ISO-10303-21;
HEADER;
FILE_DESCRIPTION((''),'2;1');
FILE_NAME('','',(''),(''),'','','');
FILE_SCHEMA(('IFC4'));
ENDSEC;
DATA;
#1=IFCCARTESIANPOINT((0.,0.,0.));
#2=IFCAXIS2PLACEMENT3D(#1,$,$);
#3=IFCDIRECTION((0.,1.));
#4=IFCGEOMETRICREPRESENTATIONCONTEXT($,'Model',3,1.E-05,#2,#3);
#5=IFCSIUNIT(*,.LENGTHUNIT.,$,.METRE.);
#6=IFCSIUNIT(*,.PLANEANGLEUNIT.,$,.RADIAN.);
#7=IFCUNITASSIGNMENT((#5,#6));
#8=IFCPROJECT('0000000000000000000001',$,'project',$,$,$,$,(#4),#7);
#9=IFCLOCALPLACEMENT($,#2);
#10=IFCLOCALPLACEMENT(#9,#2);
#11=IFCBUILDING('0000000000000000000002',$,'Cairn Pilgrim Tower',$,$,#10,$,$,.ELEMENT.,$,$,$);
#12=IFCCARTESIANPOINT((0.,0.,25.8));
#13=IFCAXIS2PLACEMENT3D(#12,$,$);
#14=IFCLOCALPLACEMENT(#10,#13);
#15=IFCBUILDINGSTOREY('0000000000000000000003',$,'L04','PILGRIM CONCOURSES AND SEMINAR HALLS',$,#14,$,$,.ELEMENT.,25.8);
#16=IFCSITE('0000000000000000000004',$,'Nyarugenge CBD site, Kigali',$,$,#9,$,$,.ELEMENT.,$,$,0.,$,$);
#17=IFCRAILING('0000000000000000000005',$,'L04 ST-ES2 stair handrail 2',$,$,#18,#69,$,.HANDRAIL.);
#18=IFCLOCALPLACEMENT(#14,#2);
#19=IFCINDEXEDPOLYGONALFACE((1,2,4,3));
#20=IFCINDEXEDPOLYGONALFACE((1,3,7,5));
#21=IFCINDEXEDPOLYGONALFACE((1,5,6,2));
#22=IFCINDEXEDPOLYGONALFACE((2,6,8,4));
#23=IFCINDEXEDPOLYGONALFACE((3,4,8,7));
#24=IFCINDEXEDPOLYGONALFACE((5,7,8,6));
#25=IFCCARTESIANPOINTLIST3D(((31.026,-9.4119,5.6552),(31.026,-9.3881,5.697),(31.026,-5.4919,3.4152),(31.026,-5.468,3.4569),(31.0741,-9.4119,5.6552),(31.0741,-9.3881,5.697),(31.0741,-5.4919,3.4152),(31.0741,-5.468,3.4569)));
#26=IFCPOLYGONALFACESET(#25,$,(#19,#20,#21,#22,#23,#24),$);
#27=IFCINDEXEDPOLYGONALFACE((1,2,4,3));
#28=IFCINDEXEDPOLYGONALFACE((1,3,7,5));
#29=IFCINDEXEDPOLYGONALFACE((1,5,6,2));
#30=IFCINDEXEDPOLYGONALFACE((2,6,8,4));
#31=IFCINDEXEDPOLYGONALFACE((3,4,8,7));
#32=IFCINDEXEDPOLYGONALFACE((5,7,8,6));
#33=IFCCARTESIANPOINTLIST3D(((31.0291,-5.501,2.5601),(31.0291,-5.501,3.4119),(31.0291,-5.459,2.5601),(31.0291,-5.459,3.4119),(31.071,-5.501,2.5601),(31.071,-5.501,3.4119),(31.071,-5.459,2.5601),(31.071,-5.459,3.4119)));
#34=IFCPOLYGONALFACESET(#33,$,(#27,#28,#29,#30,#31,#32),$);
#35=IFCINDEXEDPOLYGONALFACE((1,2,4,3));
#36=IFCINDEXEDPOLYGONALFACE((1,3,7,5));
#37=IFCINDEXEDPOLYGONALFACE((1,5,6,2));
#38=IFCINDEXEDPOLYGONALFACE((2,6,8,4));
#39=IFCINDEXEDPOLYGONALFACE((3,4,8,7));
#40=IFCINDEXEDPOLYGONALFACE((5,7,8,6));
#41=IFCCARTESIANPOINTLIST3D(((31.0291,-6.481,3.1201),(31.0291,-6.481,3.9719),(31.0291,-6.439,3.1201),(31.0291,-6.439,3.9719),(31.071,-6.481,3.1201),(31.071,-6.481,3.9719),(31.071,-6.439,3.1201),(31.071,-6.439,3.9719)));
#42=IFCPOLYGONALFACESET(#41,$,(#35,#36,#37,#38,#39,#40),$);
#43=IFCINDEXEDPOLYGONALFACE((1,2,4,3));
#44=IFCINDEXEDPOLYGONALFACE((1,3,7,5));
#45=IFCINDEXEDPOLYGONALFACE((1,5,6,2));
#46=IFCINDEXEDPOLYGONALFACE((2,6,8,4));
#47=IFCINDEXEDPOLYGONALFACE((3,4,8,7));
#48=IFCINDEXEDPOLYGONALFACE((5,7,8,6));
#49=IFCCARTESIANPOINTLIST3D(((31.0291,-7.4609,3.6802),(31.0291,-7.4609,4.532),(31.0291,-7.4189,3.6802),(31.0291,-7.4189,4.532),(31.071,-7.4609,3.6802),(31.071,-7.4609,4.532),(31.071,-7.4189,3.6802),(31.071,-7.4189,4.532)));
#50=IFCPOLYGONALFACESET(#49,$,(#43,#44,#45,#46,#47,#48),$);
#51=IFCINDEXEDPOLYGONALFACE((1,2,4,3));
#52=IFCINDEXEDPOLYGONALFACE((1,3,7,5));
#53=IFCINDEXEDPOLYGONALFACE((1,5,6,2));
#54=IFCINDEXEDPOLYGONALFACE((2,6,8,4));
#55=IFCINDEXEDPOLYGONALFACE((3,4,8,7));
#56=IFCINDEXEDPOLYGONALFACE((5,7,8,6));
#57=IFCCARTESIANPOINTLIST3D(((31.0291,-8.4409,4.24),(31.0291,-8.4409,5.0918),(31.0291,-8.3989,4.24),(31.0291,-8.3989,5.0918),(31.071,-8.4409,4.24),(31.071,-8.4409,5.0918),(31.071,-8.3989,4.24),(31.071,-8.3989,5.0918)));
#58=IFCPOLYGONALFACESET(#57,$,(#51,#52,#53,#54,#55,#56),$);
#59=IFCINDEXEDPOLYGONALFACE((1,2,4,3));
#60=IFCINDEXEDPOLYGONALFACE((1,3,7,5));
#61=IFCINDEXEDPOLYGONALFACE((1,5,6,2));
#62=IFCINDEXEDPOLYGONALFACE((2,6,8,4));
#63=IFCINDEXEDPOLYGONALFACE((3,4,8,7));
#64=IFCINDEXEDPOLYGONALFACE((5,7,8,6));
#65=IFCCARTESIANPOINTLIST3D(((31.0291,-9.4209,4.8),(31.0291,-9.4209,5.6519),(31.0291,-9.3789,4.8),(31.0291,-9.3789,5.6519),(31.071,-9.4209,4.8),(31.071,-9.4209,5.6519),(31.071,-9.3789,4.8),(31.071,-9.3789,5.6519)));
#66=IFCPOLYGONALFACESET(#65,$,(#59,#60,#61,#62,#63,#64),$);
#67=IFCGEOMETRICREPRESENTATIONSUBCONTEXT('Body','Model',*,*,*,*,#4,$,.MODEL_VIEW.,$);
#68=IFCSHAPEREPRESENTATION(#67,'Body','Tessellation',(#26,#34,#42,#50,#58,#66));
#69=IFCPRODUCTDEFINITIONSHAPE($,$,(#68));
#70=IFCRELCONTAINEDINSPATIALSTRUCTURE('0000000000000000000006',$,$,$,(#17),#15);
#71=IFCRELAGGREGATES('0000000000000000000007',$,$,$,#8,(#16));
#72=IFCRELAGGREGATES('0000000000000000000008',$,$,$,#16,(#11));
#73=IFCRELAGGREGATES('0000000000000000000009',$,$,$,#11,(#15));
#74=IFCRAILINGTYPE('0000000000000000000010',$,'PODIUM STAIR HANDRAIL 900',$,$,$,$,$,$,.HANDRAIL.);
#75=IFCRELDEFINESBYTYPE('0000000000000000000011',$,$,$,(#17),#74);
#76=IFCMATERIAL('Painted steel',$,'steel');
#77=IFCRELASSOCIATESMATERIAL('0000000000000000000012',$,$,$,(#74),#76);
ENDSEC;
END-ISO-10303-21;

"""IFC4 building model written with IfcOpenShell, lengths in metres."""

from ifc_helpers import new_model, si_unit, direction, frame, origin, origin_2d, place, context, subcontext, project, spatial, rectangle, extrude, material, type_object, element, save


model = new_model("IFC4")

# Units and contexts
model_context = context("Model", 3, precision=1e-05, world=origin(), true_north=direction((0.0, 1.0)))
body_context = subcontext(model_context, "Body", "Model", "MODEL_VIEW")
ifc_project = project(units=[si_unit("LENGTHUNIT", "METRE"), si_unit("PLANEANGLEUNIT", "RADIAN")], contexts=[model_context])

# Site, building, storey
site_placement = place(None, origin())
site = spatial("IfcSite", under=ifc_project, at=site_placement, Name="Nyarugenge CBD site, Kigali", CompositionType="ELEMENT", RefElevation=0.0)
building_placement = place(site_placement, origin())
building = spatial("IfcBuilding", under=site, at=building_placement, Name="Cairn Pilgrim Tower", CompositionType="ELEMENT")
storey_placement = place(building_placement, frame((0.0, 0.0, 25.8)))
storey = spatial("IfcBuildingStorey", under=building, at=storey_placement, Name="L04", Description="PILGRIM CONCOURSES AND SEMINAR HALLS", CompositionType="ELEMENT", Elevation=25.8)

# Railing
ifc_material_1 = material(Name="Painted steel", Category="steel")
railing_type_1 = type_object("IfcRailingType", Name="PODIUM STAIR HANDRAIL 900", PredefinedType="HANDRAIL", material=ifc_material_1)
railing_1_placement = place(storey_placement, frame((31.05, -5.48, 2.5601)))
element("IfcRailing", 1, at=railing_1_placement, inside=storey, type_object=railing_type_1, Name="L04 ST-ES2 stair handrail 2", PredefinedType="HANDRAIL", context=body_context, shape_type="SweptSolid", body=[
    extrude(rectangle(XDim=0.0481, YDim=0.0481, at=origin_2d()), frame((0.0, 0.0, 0.876), z_axis=(0.0, -0.86824, 0.496145), x_axis=(1.0, 0.0, 0.0)), (0.0, 0.0, 1.0), 4.5149),
    extrude(rectangle(XDim=0.042, YDim=0.042, at=origin_2d()), origin(), (0.0, 0.0, 1.0), 0.8518),
    extrude(rectangle(XDim=0.042, YDim=0.042, at=origin_2d()), frame((0.0, -0.98, 0.5601)), (0.0, 0.0, 1.0), 0.8518),
    extrude(rectangle(XDim=0.042, YDim=0.042, at=origin_2d()), frame((0.0, -1.96, 1.1201)), (0.0, 0.0, 1.0), 0.8518),
    extrude(rectangle(XDim=0.042, YDim=0.042, at=origin_2d()), frame((0.0, -2.9399, 1.6799)), (0.0, 0.0, 1.0), 0.8518),
    extrude(rectangle(XDim=0.042, YDim=0.042, at=origin_2d()), frame((0.0, -3.9199, 2.24)), (0.0, 0.0, 1.0), 0.8518),
])

save(model, "model.ifc")
